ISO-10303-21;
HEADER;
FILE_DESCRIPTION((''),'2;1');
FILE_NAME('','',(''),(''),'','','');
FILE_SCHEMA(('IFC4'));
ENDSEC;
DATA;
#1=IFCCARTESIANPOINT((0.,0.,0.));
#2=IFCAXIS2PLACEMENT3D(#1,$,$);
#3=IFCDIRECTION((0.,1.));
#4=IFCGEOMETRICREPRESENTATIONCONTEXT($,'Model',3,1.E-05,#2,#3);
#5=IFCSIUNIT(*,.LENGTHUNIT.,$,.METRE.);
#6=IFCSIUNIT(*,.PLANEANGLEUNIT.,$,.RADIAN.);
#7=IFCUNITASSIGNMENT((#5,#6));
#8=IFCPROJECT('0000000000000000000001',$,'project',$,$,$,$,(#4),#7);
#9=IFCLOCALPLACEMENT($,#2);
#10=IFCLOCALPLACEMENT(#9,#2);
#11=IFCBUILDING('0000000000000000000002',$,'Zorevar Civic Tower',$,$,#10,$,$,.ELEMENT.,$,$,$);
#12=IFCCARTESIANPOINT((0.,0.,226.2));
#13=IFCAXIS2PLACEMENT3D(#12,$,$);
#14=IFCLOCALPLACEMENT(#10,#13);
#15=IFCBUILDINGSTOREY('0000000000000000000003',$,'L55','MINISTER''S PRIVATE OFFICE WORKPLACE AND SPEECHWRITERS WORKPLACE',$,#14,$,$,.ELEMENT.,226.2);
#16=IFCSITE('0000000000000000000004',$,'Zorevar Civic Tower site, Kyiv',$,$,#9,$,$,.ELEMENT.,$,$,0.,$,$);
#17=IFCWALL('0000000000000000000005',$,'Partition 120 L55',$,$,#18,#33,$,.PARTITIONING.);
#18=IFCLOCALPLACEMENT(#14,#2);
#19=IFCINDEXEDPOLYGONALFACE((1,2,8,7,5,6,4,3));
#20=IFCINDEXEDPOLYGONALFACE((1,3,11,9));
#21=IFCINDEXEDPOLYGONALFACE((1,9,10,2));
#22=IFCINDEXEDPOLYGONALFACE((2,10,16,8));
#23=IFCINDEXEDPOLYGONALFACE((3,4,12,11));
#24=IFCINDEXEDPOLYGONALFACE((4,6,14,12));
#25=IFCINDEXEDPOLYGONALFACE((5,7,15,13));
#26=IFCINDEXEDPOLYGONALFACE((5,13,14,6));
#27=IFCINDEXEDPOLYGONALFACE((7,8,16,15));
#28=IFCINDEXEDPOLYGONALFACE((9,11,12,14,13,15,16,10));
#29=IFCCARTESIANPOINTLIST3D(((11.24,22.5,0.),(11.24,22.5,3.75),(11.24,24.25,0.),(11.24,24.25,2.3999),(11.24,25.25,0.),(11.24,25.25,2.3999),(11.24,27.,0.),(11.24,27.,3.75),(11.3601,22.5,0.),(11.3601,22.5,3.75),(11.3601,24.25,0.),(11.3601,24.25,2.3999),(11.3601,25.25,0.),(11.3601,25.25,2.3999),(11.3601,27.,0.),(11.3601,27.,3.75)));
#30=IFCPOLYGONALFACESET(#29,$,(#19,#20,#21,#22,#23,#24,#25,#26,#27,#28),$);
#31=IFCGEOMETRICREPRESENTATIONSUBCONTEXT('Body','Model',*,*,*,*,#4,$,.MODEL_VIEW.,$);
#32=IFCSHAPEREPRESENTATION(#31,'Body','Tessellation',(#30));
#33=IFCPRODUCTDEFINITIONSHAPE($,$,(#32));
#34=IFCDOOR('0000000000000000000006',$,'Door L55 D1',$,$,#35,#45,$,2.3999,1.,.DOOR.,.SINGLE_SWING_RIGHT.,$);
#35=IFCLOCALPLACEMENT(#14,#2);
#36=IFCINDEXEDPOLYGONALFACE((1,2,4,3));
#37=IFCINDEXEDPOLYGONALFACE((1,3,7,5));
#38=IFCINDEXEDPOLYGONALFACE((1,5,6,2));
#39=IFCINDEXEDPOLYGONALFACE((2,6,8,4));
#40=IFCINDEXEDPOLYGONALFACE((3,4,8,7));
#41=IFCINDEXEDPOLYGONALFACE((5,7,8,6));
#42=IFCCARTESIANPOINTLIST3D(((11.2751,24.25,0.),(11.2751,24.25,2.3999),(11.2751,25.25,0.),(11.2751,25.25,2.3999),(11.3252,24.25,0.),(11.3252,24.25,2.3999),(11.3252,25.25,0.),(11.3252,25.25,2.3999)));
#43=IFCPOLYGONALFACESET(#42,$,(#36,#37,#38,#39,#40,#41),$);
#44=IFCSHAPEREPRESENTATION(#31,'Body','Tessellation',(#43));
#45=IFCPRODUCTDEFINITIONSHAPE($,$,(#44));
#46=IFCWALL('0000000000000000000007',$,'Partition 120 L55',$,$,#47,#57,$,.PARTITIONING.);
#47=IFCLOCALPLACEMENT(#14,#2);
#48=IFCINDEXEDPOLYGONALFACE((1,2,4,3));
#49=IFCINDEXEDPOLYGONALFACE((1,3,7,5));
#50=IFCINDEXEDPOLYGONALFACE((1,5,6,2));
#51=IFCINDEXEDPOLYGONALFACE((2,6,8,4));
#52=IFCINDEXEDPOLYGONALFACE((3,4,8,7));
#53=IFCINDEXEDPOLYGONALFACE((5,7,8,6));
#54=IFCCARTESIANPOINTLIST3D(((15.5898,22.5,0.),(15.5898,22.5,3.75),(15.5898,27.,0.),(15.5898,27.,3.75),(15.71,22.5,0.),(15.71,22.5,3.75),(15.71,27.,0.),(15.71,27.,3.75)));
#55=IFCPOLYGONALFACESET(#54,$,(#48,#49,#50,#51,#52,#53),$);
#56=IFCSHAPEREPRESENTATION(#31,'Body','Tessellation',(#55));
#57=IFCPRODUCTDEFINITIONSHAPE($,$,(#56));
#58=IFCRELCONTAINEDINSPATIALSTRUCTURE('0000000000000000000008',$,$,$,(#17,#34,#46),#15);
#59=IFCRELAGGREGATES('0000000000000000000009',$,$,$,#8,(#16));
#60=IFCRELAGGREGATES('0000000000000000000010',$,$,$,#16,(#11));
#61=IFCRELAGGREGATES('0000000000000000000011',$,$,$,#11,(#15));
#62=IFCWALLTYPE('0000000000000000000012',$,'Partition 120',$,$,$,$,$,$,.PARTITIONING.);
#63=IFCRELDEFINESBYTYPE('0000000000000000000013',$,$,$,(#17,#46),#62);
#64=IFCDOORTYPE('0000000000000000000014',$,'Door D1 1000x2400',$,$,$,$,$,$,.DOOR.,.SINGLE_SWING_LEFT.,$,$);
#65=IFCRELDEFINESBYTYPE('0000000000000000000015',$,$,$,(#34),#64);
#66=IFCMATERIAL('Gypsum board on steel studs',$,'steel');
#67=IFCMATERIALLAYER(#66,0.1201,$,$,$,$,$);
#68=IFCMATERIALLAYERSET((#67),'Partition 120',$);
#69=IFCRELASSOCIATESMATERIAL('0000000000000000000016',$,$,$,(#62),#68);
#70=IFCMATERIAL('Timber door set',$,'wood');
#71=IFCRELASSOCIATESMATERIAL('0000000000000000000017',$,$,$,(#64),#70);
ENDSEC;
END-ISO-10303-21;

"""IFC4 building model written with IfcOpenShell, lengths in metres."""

from ifc_helpers import new_model, si_unit, direction, frame, frame_2d, origin, place, context, subcontext, project, spatial, rectangle, extrude, material, layer, layer_set, type_object, element, fill, save


model = new_model("IFC4")

# Units and contexts
model_context = context("Model", 3, precision=1e-05, world=origin(), true_north=direction((0.0, 1.0)))
body_context = subcontext(model_context, "Body", "Model", "MODEL_VIEW")
ifc_project = project(units=[si_unit("LENGTHUNIT", "METRE"), si_unit("PLANEANGLEUNIT", "RADIAN")], contexts=[model_context])

# Site, building, storey
site_placement = place(None, origin())
site = spatial("IfcSite", under=ifc_project, at=site_placement, Name="Zorevar Civic Tower site, Kyiv", CompositionType="ELEMENT", RefElevation=0.0)
building_placement = place(site_placement, origin())
building = spatial("IfcBuilding", under=site, at=building_placement, Name="Zorevar Civic Tower", CompositionType="ELEMENT")
storey_placement = place(building_placement, frame((0.0, 0.0, 226.2)))
storey = spatial("IfcBuildingStorey", under=building, at=storey_placement, Name="L55", Description="MINISTER'S PRIVATE OFFICE WORKPLACE AND SPEECHWRITERS WORKPLACE", CompositionType="ELEMENT", Elevation=226.2)

# Shared definitions
ifc_material_1 = material(Name="Gypsum board on steel studs", Category="steel")
ifc_layer_1 = layer(ifc_material_1, 0.1201)
ifc_layer_set_1 = layer_set([ifc_layer_1], Name="Partition 120")
wall_type_1 = type_object("IfcWallType", Name="Partition 120", PredefinedType="PARTITIONING", material=ifc_layer_set_1)

# Wall, opening, door
wall_1_placement = place(storey_placement, frame((11.3, 22.5, 0.0), z_axis=(0.0, 0.0, 1.0), x_axis=(0.0, 1.0, 0.0)))
wall_1 = element("IfcWall", 1, at=wall_1_placement, inside=storey, type_object=wall_type_1, Name="Partition 120 L55", PredefinedType="PARTITIONING", context=body_context, shape_type="SweptSolid", body=[
    extrude(rectangle(XDim=4.5, YDim=0.1201, at=frame_2d((2.25, 0.0))), origin(), (0.0, 0.0, 1.0), 3.75),
])
opening_1_placement = place(wall_1_placement, frame((1.75, 0.0, 0.0)))
opening_1 = element("IfcOpeningElement", 2, at=opening_1_placement, cuts=wall_1, PredefinedType="OPENING", context=body_context, shape_type="SweptSolid", body=[
    extrude(rectangle(XDim=1.0, YDim=2.3999, at=frame_2d((0.5, 1.2))), frame((0.0, 0.0701, 0.0), z_axis=(0.0, -1.0, 0.0), x_axis=(1.0, 0.0, 0.0)), (0.0, 0.0, 1.0), 0.1401),
])
ifc_material_2 = material(Name="Timber door set", Category="wood")
door_type_1 = type_object("IfcDoorType", Name="Door D1 1000x2400", OperationType="SINGLE_SWING_LEFT", PredefinedType="DOOR", material=ifc_material_2)
door_1_placement = place(opening_1_placement, origin())
door_1 = element("IfcDoor", 3, at=door_1_placement, inside=storey, type_object=door_type_1, Name="Door L55 D1", OperationType="SINGLE_SWING_RIGHT", OverallHeight=2.3999, OverallWidth=1.0, PredefinedType="DOOR", context=body_context, shape_type="SweptSolid", body=[
    extrude(rectangle(XDim=1.0, YDim=2.3999, at=frame_2d((0.5, 1.2))), frame((0.0, 0.0249, 0.0), z_axis=(0.0, -1.0, 0.0), x_axis=(1.0, 0.0, 0.0)), (0.0, 0.0, 1.0), 0.05),
])
fill(opening_1, door_1)

# Wall
wall_2_placement = place(storey_placement, frame((15.6499, 22.5, 0.0), z_axis=(0.0, 0.0, 1.0), x_axis=(0.0, 1.0, 0.0)))
element("IfcWall", 4, at=wall_2_placement, inside=storey, type_object=wall_type_1, Name="Partition 120 L55", PredefinedType="PARTITIONING", context=body_context, shape_type="SweptSolid", body=[
    extrude(rectangle(XDim=4.5, YDim=0.1201, at=frame_2d((2.25, 0.0))), origin(), (0.0, 0.0, 1.0), 3.75),
])

save(model, "model.ifc")
